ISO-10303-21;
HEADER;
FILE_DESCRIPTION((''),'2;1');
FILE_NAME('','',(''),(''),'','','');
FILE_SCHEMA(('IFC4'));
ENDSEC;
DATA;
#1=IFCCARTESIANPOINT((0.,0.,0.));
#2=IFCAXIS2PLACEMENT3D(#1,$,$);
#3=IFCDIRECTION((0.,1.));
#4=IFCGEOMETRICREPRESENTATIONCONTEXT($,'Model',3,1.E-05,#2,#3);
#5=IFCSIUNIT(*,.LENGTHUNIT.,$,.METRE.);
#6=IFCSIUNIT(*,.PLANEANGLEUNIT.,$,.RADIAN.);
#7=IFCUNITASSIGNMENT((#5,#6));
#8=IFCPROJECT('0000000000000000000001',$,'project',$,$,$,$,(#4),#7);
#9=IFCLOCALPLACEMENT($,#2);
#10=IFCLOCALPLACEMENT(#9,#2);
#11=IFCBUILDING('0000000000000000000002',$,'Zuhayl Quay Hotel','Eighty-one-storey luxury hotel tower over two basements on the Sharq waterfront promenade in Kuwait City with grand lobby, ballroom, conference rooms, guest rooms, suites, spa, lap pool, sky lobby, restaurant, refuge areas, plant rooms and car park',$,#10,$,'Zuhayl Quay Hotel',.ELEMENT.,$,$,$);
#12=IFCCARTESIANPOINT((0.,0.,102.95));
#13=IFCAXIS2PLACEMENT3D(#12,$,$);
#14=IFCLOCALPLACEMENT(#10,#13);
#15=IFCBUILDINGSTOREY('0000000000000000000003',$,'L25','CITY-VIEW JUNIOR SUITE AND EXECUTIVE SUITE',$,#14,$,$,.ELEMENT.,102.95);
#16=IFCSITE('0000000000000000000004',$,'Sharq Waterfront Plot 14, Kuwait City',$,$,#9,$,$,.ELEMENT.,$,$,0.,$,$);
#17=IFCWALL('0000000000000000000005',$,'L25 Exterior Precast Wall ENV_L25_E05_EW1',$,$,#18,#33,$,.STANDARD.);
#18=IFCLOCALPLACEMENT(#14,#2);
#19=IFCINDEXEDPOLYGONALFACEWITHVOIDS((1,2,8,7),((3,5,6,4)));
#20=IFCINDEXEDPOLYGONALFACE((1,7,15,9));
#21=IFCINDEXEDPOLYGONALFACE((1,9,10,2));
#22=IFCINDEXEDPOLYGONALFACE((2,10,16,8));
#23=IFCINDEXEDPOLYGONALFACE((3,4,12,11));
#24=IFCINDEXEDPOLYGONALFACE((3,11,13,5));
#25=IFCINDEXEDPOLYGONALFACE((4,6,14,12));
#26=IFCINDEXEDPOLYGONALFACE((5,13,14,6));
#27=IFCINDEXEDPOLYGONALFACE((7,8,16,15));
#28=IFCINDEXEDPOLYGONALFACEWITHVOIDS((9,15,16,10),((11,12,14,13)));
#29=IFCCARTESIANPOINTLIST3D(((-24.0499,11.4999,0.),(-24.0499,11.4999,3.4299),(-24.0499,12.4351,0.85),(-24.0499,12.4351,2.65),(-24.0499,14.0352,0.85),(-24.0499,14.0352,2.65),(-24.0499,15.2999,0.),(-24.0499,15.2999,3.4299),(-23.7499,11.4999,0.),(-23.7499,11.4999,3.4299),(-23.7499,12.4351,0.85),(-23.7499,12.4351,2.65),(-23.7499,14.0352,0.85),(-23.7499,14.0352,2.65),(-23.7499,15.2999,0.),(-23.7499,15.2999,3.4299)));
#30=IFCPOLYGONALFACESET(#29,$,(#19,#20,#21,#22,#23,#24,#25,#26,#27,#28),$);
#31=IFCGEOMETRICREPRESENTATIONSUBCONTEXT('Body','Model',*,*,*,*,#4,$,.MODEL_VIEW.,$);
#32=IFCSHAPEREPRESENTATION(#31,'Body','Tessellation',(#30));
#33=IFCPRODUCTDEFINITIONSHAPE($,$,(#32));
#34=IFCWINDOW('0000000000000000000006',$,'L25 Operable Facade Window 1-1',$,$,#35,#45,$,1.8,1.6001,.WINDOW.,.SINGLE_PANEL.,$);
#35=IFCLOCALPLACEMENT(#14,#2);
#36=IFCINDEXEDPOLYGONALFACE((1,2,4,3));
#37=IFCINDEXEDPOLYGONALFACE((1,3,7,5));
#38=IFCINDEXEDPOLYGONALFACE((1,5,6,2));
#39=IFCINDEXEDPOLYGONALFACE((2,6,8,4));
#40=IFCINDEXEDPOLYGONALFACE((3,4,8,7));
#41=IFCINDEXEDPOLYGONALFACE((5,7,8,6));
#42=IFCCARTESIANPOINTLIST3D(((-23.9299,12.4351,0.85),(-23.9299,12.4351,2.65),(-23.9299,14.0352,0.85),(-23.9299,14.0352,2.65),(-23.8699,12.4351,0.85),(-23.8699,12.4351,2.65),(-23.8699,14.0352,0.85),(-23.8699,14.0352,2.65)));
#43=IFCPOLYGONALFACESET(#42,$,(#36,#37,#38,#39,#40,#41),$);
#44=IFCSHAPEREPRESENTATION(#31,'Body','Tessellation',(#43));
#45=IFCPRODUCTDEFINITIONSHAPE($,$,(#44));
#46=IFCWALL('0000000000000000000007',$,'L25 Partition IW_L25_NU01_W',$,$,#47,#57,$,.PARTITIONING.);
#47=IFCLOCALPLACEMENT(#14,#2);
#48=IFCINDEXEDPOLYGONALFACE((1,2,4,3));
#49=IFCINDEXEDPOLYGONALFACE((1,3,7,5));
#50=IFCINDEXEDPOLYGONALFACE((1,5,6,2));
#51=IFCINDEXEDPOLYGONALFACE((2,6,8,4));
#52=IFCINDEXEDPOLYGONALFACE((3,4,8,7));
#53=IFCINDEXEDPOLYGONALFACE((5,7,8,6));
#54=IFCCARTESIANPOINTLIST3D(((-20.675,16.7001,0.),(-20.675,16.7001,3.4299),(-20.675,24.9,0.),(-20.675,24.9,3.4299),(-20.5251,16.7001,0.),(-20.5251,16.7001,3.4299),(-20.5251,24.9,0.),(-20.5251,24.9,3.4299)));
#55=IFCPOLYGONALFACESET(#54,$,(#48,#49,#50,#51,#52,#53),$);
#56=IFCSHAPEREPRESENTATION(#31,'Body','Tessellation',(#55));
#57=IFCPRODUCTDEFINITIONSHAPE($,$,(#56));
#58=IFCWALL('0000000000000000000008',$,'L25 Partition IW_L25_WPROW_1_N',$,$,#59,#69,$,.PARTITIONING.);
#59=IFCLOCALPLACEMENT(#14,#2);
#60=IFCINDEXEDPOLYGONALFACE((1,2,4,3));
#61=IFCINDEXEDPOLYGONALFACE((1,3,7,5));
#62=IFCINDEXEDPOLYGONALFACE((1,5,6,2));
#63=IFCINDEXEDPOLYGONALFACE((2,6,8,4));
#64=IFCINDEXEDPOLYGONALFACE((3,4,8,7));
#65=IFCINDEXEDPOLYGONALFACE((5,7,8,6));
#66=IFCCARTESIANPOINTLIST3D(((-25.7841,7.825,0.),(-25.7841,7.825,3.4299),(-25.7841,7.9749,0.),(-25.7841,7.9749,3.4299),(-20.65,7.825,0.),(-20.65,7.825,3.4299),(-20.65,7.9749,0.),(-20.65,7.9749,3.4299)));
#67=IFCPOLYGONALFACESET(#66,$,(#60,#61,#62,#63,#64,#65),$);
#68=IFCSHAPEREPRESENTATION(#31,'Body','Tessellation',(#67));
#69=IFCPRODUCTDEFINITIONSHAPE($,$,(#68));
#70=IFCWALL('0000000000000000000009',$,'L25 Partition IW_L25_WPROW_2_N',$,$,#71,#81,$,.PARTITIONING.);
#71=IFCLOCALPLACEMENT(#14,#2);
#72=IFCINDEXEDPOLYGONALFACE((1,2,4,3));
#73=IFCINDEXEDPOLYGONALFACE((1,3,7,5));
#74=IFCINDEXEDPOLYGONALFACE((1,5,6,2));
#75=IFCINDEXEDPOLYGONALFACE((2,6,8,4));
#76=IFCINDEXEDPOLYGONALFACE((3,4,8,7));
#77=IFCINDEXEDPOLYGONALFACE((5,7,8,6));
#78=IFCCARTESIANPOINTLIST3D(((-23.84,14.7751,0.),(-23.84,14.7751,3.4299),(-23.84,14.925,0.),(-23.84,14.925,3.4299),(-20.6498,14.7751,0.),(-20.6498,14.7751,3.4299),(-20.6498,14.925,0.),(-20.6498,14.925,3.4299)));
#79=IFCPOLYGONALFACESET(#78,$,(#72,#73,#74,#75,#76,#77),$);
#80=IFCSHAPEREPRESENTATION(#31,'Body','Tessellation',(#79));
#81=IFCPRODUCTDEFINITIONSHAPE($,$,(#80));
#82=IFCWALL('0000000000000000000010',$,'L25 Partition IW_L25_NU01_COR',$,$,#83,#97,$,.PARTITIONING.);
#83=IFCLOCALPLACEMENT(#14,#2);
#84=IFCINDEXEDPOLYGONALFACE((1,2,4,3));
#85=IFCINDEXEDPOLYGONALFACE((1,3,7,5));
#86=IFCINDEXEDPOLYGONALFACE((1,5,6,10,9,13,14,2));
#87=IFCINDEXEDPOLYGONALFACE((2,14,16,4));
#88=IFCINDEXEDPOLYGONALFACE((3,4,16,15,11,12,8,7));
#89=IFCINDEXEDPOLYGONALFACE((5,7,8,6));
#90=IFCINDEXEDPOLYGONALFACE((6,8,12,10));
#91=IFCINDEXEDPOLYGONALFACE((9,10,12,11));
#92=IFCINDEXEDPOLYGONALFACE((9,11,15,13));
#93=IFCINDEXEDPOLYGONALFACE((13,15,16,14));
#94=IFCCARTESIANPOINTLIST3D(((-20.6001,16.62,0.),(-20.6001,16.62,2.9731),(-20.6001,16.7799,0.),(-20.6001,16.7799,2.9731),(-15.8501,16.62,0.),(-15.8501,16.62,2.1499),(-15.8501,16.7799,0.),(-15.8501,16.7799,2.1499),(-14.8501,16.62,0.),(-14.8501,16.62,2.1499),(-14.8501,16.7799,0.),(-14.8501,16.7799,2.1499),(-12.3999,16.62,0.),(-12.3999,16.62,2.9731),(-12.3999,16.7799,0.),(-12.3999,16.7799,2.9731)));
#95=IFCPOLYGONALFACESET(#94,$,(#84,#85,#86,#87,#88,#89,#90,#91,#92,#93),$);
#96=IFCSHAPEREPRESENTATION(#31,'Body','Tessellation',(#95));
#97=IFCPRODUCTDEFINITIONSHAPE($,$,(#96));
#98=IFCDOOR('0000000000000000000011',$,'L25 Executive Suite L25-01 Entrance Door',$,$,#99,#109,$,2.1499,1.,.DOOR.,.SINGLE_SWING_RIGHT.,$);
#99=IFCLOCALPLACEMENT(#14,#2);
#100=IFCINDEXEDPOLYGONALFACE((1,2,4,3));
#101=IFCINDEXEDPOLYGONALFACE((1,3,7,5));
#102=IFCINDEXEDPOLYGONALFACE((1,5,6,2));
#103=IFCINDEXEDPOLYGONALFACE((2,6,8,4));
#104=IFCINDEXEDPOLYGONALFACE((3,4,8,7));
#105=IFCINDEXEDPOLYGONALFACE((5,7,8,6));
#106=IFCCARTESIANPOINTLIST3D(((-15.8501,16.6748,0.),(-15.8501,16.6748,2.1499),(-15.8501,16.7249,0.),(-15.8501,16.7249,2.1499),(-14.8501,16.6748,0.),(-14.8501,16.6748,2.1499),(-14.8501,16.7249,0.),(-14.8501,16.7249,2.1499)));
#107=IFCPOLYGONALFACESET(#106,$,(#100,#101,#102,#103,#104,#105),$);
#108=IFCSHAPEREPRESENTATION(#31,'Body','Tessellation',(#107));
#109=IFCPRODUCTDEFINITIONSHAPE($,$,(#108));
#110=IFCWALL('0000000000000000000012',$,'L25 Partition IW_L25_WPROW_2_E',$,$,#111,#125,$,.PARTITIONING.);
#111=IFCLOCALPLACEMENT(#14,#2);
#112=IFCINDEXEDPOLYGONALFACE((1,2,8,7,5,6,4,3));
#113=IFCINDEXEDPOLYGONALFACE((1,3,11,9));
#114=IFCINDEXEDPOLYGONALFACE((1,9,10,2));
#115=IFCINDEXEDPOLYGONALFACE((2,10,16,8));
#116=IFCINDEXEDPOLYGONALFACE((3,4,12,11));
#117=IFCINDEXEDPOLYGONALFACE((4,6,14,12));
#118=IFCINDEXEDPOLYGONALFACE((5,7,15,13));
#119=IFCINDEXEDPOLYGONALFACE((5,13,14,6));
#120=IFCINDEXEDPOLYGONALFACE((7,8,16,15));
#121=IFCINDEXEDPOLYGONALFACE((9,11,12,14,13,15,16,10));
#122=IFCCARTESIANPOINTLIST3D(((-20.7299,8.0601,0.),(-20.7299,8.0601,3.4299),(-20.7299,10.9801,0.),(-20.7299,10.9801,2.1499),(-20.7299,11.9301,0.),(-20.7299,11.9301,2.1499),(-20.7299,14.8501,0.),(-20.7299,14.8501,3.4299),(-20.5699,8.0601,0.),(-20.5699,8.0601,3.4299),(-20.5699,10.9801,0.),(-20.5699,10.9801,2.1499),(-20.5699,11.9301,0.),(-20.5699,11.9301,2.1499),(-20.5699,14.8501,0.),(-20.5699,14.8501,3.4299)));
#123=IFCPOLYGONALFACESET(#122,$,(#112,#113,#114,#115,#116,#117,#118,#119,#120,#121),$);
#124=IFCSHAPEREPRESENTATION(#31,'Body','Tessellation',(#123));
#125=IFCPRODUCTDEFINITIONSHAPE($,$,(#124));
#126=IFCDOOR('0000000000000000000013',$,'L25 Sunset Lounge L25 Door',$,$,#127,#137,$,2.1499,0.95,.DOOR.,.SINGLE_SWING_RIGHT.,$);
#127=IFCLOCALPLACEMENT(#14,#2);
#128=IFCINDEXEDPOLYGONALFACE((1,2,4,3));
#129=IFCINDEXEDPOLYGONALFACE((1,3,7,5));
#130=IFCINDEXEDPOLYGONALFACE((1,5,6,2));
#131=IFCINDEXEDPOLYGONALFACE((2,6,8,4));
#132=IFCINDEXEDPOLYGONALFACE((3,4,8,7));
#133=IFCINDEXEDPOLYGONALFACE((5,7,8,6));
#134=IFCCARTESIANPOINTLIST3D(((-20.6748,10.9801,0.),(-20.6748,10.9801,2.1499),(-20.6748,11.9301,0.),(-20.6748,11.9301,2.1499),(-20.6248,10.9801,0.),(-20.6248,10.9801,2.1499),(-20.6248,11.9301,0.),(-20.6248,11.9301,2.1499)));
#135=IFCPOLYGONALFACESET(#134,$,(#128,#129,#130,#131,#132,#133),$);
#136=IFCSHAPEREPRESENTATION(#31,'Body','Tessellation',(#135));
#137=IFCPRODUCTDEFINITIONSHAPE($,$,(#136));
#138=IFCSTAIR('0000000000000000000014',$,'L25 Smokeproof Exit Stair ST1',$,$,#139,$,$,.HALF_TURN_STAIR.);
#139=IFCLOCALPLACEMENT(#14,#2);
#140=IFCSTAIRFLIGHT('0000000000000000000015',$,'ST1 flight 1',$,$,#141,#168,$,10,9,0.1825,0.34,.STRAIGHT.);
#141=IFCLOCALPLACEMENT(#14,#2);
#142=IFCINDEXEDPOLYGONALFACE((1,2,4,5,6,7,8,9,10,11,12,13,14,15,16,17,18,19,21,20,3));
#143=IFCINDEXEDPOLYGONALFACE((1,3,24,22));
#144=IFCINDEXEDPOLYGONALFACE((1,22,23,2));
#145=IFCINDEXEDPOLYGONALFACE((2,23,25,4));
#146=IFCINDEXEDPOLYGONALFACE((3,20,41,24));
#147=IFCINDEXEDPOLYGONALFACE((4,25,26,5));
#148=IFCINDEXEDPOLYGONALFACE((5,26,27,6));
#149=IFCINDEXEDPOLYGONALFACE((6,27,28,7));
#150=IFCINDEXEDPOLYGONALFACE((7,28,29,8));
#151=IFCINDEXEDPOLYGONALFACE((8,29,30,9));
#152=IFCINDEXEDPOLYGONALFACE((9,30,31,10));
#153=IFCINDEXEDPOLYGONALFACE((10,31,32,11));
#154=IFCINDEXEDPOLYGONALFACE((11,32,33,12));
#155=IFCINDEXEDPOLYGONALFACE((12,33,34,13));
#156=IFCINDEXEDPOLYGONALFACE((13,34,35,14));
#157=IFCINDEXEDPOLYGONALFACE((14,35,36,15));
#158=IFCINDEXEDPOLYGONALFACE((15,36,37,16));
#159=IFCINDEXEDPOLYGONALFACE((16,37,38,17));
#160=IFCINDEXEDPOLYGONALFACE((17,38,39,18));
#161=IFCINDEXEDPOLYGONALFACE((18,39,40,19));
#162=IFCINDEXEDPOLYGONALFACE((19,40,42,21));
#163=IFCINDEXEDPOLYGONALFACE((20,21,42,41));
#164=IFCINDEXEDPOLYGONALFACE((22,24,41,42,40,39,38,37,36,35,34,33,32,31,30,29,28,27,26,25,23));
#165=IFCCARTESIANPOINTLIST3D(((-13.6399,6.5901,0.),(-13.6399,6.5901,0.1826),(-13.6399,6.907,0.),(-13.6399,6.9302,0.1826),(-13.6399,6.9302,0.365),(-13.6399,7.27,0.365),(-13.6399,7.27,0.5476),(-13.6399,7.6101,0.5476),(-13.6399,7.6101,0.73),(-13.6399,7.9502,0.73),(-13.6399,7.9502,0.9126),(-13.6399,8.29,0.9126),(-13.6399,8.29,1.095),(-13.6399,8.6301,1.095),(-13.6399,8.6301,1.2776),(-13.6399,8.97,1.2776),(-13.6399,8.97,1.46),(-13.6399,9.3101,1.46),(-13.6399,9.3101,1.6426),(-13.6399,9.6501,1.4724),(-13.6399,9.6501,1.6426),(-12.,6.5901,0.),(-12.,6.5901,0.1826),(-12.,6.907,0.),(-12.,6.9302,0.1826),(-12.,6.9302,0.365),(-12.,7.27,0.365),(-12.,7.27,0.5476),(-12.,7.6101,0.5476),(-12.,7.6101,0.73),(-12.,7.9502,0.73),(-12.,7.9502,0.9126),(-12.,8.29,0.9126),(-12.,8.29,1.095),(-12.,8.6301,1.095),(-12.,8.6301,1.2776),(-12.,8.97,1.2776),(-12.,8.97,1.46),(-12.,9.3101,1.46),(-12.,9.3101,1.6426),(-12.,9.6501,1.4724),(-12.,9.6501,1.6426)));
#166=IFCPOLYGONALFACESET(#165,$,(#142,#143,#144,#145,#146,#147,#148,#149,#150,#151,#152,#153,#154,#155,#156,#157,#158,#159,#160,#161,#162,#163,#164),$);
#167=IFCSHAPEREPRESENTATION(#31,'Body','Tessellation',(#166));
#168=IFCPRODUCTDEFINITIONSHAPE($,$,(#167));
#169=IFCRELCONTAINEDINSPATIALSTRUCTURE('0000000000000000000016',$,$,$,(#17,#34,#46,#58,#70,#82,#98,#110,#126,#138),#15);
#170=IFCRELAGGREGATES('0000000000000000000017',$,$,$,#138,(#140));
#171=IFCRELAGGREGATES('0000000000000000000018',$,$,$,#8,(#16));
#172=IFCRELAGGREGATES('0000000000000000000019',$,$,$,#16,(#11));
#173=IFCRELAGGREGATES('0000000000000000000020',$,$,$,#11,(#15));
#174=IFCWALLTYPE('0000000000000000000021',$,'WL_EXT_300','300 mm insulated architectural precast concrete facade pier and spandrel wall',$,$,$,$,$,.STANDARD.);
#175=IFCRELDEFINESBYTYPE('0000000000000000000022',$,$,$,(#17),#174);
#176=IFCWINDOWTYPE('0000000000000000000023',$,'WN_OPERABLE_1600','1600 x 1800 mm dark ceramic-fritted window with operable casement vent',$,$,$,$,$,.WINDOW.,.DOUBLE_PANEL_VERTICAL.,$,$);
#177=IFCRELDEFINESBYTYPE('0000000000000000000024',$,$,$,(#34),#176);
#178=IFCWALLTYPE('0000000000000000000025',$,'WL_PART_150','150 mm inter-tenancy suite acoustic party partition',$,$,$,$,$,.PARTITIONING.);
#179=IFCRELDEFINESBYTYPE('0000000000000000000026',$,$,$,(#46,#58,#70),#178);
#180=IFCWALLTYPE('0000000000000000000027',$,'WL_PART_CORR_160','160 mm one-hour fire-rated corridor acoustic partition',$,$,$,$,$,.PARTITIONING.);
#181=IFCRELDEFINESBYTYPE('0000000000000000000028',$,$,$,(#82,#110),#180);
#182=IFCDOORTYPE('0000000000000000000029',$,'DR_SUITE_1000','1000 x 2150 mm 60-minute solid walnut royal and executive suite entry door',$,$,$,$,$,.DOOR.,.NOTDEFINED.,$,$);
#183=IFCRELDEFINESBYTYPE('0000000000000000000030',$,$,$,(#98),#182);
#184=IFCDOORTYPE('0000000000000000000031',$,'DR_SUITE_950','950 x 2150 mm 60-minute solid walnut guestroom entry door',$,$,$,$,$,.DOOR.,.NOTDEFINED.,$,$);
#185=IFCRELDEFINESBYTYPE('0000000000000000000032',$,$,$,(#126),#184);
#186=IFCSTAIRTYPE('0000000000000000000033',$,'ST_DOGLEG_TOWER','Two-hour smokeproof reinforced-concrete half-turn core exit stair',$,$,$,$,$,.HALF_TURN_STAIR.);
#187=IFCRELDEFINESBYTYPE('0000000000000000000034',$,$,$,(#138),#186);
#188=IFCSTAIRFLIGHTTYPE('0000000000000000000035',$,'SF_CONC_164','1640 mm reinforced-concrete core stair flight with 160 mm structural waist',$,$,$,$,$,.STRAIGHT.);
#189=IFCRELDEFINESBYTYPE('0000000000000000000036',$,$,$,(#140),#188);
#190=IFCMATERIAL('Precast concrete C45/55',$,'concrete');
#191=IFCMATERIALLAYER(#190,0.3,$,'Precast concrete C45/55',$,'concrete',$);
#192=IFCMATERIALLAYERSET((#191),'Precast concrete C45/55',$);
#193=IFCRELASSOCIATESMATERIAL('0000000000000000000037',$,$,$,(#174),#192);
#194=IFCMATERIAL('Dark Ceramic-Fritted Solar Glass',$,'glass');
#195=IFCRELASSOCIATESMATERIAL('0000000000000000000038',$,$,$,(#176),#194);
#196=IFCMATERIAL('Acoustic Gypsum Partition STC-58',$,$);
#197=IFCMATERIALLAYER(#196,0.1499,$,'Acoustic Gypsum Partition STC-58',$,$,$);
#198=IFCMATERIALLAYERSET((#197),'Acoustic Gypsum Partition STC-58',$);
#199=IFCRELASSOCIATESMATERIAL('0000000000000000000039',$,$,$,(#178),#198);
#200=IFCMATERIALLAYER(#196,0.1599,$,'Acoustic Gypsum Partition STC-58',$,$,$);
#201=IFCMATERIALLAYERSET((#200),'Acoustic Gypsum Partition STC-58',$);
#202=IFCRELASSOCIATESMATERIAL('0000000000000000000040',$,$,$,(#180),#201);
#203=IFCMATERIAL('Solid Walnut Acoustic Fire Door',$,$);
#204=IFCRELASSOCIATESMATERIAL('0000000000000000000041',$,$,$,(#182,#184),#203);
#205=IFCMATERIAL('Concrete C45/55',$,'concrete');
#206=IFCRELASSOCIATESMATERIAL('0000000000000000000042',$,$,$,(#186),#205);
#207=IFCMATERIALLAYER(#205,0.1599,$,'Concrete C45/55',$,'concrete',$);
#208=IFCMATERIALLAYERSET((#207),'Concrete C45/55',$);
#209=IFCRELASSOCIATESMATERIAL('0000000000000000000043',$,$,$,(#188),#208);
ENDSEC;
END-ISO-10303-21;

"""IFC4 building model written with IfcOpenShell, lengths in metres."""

from ifc_helpers import new_model, si_unit, direction, frame, frame_2d, origin, place, context, subcontext, project, spatial, polyline, rectangle, outline, extrude, material, layer, layer_set, type_object, element, fill, aggregate, save


model = new_model("IFC4")

# Units and contexts
model_context = context("Model", 3, precision=1e-05, world=origin(), true_north=direction((0.0, 1.0)))
body_context = subcontext(model_context, "Body", "Model", "MODEL_VIEW")
ifc_project = project(units=[si_unit("LENGTHUNIT", "METRE"), si_unit("PLANEANGLEUNIT", "RADIAN")], contexts=[model_context])

# Site, building, storey
site_placement = place(None, origin())
site = spatial("IfcSite", under=ifc_project, at=site_placement, Name="Sharq Waterfront Plot 14, Kuwait City", CompositionType="ELEMENT", RefElevation=0.0)
building_placement = place(site_placement, origin())
building = spatial("IfcBuilding", under=site, at=building_placement, Name="Zuhayl Quay Hotel", Description="Eighty-one-storey luxury hotel tower over two basements on the Sharq waterfront promenade in Kuwait City with grand lobby, ballroom, conference rooms, guest rooms, suites, spa, lap pool, sky lobby, restaurant, refuge areas, plant rooms and car park", LongName="Zuhayl Quay Hotel", CompositionType="ELEMENT")
storey_placement = place(building_placement, frame((0.0, 0.0, 102.95)))
storey = spatial("IfcBuildingStorey", under=building, at=storey_placement, Name="L25", Description="CITY-VIEW JUNIOR SUITE AND EXECUTIVE SUITE", CompositionType="ELEMENT", Elevation=102.95)

# Shared definitions
ifc_material_1 = material(Name="Precast concrete C45/55", Category="concrete")
ifc_layer_1 = layer(ifc_material_1, 0.3, Name="Precast concrete C45/55", Category="concrete")
ifc_layer_set_1 = layer_set([ifc_layer_1], Name="Precast concrete C45/55")
wall_type_1 = type_object("IfcWallType", Name="WL_EXT_300", Description="300 mm insulated architectural precast concrete facade pier and spandrel wall", PredefinedType="STANDARD", material=ifc_layer_set_1)

# Wall, opening, window
wall_1_placement = place(storey_placement, frame((-23.8999, 11.5, 0.0), z_axis=(0.0, 0.0, 1.0), x_axis=(0.0, 1.0, 0.0)))
wall_1 = element("IfcWall", 1, at=wall_1_placement, inside=storey, type_object=wall_type_1, Name="L25 Exterior Precast Wall ENV_L25_E05_EW1", PredefinedType="STANDARD", context=body_context, shape_type="SweptSolid", body=[
    extrude(rectangle(XDim=3.8, YDim=0.3, at=frame_2d((1.8999, 0.0))), origin(), (0.0, 0.0, 1.0), 3.4299),
])
opening_1_placement = place(wall_1_placement, frame((0.9351, 0.0, 0.8501)))
opening_1 = element("IfcOpeningElement", 2, at=opening_1_placement, cuts=wall_1, PredefinedType="OPENING", context=body_context, shape_type="SweptSolid", body=[
    extrude(rectangle(XDim=1.6001, YDim=1.8, at=frame_2d((0.8, 0.8999))), frame((0.0, 0.1599, 0.0), z_axis=(0.0, -1.0, 0.0), x_axis=(1.0, 0.0, 0.0)), (0.0, 0.0, 1.0), 0.3201),
])
ifc_material_2 = material(Name="Dark Ceramic-Fritted Solar Glass", Category="glass")
window_type = type_object("IfcWindowType", Name="WN_OPERABLE_1600", Description="1600 x 1800 mm dark ceramic-fritted window with operable casement vent", PartitioningType="DOUBLE_PANEL_VERTICAL", PredefinedType="WINDOW", material=ifc_material_2)
window_placement = place(opening_1_placement, origin())
window = element("IfcWindow", 3, at=window_placement, inside=storey, type_object=window_type, Name="L25 Operable Facade Window 1-1", OverallHeight=1.8, OverallWidth=1.6001, PartitioningType="SINGLE_PANEL", PredefinedType="WINDOW", context=body_context, shape_type="SweptSolid", body=[
    extrude(rectangle(XDim=1.6001, YDim=1.8, at=frame_2d((0.8, 0.8999))), frame((0.0, 0.03, 0.0), z_axis=(0.0, -1.0, 0.0), x_axis=(1.0, 0.0, 0.0)), (0.0, 0.0, 1.0), 0.0601),
])
fill(opening_1, window)

# Walls
ifc_material_3 = material(Name="Acoustic Gypsum Partition STC-58")
ifc_layer_2 = layer(ifc_material_3, 0.1499, Name="Acoustic Gypsum Partition STC-58")
ifc_layer_set_2 = layer_set([ifc_layer_2], Name="Acoustic Gypsum Partition STC-58")
wall_type_2 = type_object("IfcWallType", Name="WL_PART_150", Description="150 mm inter-tenancy suite acoustic party partition", PredefinedType="PARTITIONING", material=ifc_layer_set_2)
wall_2_placement = place(storey_placement, frame((-20.6001, 16.7, 0.0), z_axis=(0.0, 0.0, 1.0), x_axis=(0.0, 1.0, 0.0)))
element("IfcWall", 4, at=wall_2_placement, inside=storey, type_object=wall_type_2, Name="L25 Partition IW_L25_NU01_W", PredefinedType="PARTITIONING", context=body_context, shape_type="SweptSolid", body=[
    extrude(rectangle(XDim=8.2, YDim=0.1499, at=frame_2d((4.1001, 0.0))), origin(), (0.0, 0.0, 1.0), 3.4299),
])
wall_3_placement = place(storey_placement, frame((-25.7839, 7.8999, 0.0), z_axis=(0.0, 0.0, 1.0), x_axis=(1.0, 0.0, 0.0)))
element("IfcWall", 5, at=wall_3_placement, inside=storey, type_object=wall_type_2, Name="L25 Partition IW_L25_WPROW_1_N", PredefinedType="PARTITIONING", context=body_context, shape_type="SweptSolid", body=[
    extrude(rectangle(XDim=5.134, YDim=0.1499, at=frame_2d((2.5669, 0.0))), origin(), (0.0, 0.0, 1.0), 3.4299),
])
wall_4_placement = place(storey_placement, frame((-23.8401, 14.8501, 0.0), z_axis=(0.0, 0.0, 1.0), x_axis=(1.0, 0.0, 0.0)))
element("IfcWall", 6, at=wall_4_placement, inside=storey, type_object=wall_type_2, Name="L25 Partition IW_L25_WPROW_2_N", PredefinedType="PARTITIONING", context=body_context, shape_type="SweptSolid", body=[
    extrude(rectangle(XDim=3.1902, YDim=0.1499, at=frame_2d((1.5952, 0.0))), origin(), (0.0, 0.0, 1.0), 3.4299),
])

# Walls, openings, doors
ifc_layer_3 = layer(ifc_material_3, 0.1599, Name="Acoustic Gypsum Partition STC-58")
ifc_layer_set_3 = layer_set([ifc_layer_3], Name="Acoustic Gypsum Partition STC-58")
wall_type_3 = type_object("IfcWallType", Name="WL_PART_CORR_160", Description="160 mm one-hour fire-rated corridor acoustic partition", PredefinedType="PARTITIONING", material=ifc_layer_set_3)
wall_5_placement = place(storey_placement, frame((-20.6001, 16.7, 0.0), z_axis=(0.0, 0.0, 1.0), x_axis=(1.0, 0.0, 0.0)))
wall_5 = element("IfcWall", 7, at=wall_5_placement, inside=storey, type_object=wall_type_3, Name="L25 Partition IW_L25_NU01_COR", PredefinedType="PARTITIONING", context=body_context, shape_type="SweptSolid", body=[
    extrude(rectangle(XDim=8.2002, YDim=0.1599, at=frame_2d((4.1001, 0.0))), origin(), (0.0, 0.0, 1.0), 2.9731),
])
opening_2_placement = place(wall_5_placement, frame((4.75, 0.0, 0.0)))
opening_2 = element("IfcOpeningElement", 8, at=opening_2_placement, cuts=wall_5, PredefinedType="OPENING", context=body_context, shape_type="SweptSolid", body=[
    extrude(rectangle(XDim=1.0, YDim=2.1499, at=frame_2d((0.5, 1.075))), frame((0.0, 0.0898, 0.0), z_axis=(0.0, -1.0, 0.0), x_axis=(1.0, 0.0, 0.0)), (0.0, 0.0, 1.0), 0.1799),
])
ifc_material_4 = material(Name="Solid Walnut Acoustic Fire Door")
door_type_1 = type_object("IfcDoorType", Name="DR_SUITE_1000", Description="1000 x 2150 mm 60-minute solid walnut royal and executive suite entry door", OperationType="NOTDEFINED", PredefinedType="DOOR", material=ifc_material_4)
door_1_placement = place(opening_2_placement, origin())
door_1 = element("IfcDoor", 9, at=door_1_placement, inside=storey, type_object=door_type_1, Name="L25 Executive Suite L25-01 Entrance Door", OperationType="SINGLE_SWING_RIGHT", OverallHeight=2.1499, OverallWidth=1.0, PredefinedType="DOOR", context=body_context, shape_type="SweptSolid", body=[
    extrude(rectangle(XDim=1.0, YDim=2.1499, at=frame_2d((0.5, 1.075))), frame((0.0, 0.0249, 0.0), z_axis=(0.0, -1.0, 0.0), x_axis=(1.0, 0.0, 0.0)), (0.0, 0.0, 1.0), 0.05),
])
fill(opening_2, door_1)
wall_6_placement = place(storey_placement, frame((-20.6499, 8.0601, 0.0), z_axis=(0.0, 0.0, 1.0), x_axis=(0.0, 1.0, 0.0)))
wall_6 = element("IfcWall", 10, at=wall_6_placement, inside=storey, type_object=wall_type_3, Name="L25 Partition IW_L25_WPROW_2_E", PredefinedType="PARTITIONING", context=body_context, shape_type="SweptSolid", body=[
    extrude(rectangle(XDim=6.79, YDim=0.1599, at=frame_2d((3.395, 0.0))), origin(), (0.0, 0.0, 1.0), 3.4299),
])
opening_3_placement = place(wall_6_placement, frame((2.9199, 0.0, 0.0)))
opening_3 = element("IfcOpeningElement", 11, at=opening_3_placement, cuts=wall_6, PredefinedType="OPENING", context=body_context, shape_type="SweptSolid", body=[
    extrude(rectangle(XDim=0.95, YDim=2.1499, at=frame_2d((0.4751, 1.075))), frame((0.0, 0.0898, 0.0), z_axis=(0.0, -1.0, 0.0), x_axis=(1.0, 0.0, 0.0)), (0.0, 0.0, 1.0), 0.1799),
])
door_type_2 = type_object("IfcDoorType", Name="DR_SUITE_950", Description="950 x 2150 mm 60-minute solid walnut guestroom entry door", OperationType="NOTDEFINED", PredefinedType="DOOR", material=ifc_material_4)
door_2_placement = place(opening_3_placement, origin())
door_2 = element("IfcDoor", 12, at=door_2_placement, inside=storey, type_object=door_type_2, Name="L25 Sunset Lounge L25 Door", OperationType="SINGLE_SWING_RIGHT", OverallHeight=2.1499, OverallWidth=0.95, PredefinedType="DOOR", context=body_context, shape_type="SweptSolid", body=[
    extrude(rectangle(XDim=0.95, YDim=2.1499, at=frame_2d((0.4751, 1.075))), frame((0.0, 0.0249, 0.0), z_axis=(0.0, -1.0, 0.0), x_axis=(1.0, 0.0, 0.0)), (0.0, 0.0, 1.0), 0.05),
])
fill(opening_3, door_2)

# Stair, stair flight
ifc_material_5 = material(Name="Concrete C45/55", Category="concrete")
stair_type = type_object("IfcStairType", Name="ST_DOGLEG_TOWER", Description="Two-hour smokeproof reinforced-concrete half-turn core exit stair", PredefinedType="HALF_TURN_STAIR", material=ifc_material_5)
stair_placement = place(storey_placement, origin())
stair = element("IfcStair", 13, at=stair_placement, inside=storey, type_object=stair_type, Name="L25 Smokeproof Exit Stair ST1", PredefinedType="HALF_TURN_STAIR")
ifc_layer_4 = layer(ifc_material_5, 0.1599, Name="Concrete C45/55", Category="concrete")
ifc_layer_set_4 = layer_set([ifc_layer_4], Name="Concrete C45/55")
stair_flight_type = type_object("IfcStairFlightType", Name="SF_CONC_164", Description="1640 mm reinforced-concrete core stair flight with 160 mm structural waist", PredefinedType="STRAIGHT", material=ifc_layer_set_4)
stair_flight_1_placement = place(storey_placement, frame((-12.8201, 6.5901, 0.0), z_axis=(0.0, 0.0, 1.0), x_axis=(0.0, 1.0, 0.0)))
stair_flight_1 = element("IfcStairFlight", 14, at=stair_flight_1_placement, type_object=stair_flight_type, Name="ST1 flight 1", NumberOfRisers=10, NumberOfTreads=9, PredefinedType="STRAIGHT", RiserHeight=0.1825, TreadLength=0.34, context=body_context, shape_type="SweptSolid", body=[
    extrude(outline(polyline([(0.0, 0.0), (0.0, 0.1826), (0.3401, 0.1826), (0.3401, 0.365), (0.6799, 0.365), (0.6799, 0.5476), (1.02, 0.5476), (1.02, 0.73), (1.3601, 0.73), (1.3601, 0.9126), (1.7, 0.9126), (1.7, 1.095), (2.04, 1.095), (2.04, 1.2776), (2.3799, 1.2776), (2.3799, 1.46), (2.72, 1.46), (2.72, 1.6426), (3.0601, 1.6426), (3.0601, 1.825), (3.0601, 1.4724), (0.3169, 0.0), (0.0, 0.0)])), frame((0.0, 0.8198, 0.0), z_axis=(0.0, -1.0, 0.0), x_axis=(1.0, 0.0, 0.0)), (0.0, 0.0, 1.0), 1.6399),
])
aggregate(stair, [stair_flight_1])

save(model, "model.ifc")
